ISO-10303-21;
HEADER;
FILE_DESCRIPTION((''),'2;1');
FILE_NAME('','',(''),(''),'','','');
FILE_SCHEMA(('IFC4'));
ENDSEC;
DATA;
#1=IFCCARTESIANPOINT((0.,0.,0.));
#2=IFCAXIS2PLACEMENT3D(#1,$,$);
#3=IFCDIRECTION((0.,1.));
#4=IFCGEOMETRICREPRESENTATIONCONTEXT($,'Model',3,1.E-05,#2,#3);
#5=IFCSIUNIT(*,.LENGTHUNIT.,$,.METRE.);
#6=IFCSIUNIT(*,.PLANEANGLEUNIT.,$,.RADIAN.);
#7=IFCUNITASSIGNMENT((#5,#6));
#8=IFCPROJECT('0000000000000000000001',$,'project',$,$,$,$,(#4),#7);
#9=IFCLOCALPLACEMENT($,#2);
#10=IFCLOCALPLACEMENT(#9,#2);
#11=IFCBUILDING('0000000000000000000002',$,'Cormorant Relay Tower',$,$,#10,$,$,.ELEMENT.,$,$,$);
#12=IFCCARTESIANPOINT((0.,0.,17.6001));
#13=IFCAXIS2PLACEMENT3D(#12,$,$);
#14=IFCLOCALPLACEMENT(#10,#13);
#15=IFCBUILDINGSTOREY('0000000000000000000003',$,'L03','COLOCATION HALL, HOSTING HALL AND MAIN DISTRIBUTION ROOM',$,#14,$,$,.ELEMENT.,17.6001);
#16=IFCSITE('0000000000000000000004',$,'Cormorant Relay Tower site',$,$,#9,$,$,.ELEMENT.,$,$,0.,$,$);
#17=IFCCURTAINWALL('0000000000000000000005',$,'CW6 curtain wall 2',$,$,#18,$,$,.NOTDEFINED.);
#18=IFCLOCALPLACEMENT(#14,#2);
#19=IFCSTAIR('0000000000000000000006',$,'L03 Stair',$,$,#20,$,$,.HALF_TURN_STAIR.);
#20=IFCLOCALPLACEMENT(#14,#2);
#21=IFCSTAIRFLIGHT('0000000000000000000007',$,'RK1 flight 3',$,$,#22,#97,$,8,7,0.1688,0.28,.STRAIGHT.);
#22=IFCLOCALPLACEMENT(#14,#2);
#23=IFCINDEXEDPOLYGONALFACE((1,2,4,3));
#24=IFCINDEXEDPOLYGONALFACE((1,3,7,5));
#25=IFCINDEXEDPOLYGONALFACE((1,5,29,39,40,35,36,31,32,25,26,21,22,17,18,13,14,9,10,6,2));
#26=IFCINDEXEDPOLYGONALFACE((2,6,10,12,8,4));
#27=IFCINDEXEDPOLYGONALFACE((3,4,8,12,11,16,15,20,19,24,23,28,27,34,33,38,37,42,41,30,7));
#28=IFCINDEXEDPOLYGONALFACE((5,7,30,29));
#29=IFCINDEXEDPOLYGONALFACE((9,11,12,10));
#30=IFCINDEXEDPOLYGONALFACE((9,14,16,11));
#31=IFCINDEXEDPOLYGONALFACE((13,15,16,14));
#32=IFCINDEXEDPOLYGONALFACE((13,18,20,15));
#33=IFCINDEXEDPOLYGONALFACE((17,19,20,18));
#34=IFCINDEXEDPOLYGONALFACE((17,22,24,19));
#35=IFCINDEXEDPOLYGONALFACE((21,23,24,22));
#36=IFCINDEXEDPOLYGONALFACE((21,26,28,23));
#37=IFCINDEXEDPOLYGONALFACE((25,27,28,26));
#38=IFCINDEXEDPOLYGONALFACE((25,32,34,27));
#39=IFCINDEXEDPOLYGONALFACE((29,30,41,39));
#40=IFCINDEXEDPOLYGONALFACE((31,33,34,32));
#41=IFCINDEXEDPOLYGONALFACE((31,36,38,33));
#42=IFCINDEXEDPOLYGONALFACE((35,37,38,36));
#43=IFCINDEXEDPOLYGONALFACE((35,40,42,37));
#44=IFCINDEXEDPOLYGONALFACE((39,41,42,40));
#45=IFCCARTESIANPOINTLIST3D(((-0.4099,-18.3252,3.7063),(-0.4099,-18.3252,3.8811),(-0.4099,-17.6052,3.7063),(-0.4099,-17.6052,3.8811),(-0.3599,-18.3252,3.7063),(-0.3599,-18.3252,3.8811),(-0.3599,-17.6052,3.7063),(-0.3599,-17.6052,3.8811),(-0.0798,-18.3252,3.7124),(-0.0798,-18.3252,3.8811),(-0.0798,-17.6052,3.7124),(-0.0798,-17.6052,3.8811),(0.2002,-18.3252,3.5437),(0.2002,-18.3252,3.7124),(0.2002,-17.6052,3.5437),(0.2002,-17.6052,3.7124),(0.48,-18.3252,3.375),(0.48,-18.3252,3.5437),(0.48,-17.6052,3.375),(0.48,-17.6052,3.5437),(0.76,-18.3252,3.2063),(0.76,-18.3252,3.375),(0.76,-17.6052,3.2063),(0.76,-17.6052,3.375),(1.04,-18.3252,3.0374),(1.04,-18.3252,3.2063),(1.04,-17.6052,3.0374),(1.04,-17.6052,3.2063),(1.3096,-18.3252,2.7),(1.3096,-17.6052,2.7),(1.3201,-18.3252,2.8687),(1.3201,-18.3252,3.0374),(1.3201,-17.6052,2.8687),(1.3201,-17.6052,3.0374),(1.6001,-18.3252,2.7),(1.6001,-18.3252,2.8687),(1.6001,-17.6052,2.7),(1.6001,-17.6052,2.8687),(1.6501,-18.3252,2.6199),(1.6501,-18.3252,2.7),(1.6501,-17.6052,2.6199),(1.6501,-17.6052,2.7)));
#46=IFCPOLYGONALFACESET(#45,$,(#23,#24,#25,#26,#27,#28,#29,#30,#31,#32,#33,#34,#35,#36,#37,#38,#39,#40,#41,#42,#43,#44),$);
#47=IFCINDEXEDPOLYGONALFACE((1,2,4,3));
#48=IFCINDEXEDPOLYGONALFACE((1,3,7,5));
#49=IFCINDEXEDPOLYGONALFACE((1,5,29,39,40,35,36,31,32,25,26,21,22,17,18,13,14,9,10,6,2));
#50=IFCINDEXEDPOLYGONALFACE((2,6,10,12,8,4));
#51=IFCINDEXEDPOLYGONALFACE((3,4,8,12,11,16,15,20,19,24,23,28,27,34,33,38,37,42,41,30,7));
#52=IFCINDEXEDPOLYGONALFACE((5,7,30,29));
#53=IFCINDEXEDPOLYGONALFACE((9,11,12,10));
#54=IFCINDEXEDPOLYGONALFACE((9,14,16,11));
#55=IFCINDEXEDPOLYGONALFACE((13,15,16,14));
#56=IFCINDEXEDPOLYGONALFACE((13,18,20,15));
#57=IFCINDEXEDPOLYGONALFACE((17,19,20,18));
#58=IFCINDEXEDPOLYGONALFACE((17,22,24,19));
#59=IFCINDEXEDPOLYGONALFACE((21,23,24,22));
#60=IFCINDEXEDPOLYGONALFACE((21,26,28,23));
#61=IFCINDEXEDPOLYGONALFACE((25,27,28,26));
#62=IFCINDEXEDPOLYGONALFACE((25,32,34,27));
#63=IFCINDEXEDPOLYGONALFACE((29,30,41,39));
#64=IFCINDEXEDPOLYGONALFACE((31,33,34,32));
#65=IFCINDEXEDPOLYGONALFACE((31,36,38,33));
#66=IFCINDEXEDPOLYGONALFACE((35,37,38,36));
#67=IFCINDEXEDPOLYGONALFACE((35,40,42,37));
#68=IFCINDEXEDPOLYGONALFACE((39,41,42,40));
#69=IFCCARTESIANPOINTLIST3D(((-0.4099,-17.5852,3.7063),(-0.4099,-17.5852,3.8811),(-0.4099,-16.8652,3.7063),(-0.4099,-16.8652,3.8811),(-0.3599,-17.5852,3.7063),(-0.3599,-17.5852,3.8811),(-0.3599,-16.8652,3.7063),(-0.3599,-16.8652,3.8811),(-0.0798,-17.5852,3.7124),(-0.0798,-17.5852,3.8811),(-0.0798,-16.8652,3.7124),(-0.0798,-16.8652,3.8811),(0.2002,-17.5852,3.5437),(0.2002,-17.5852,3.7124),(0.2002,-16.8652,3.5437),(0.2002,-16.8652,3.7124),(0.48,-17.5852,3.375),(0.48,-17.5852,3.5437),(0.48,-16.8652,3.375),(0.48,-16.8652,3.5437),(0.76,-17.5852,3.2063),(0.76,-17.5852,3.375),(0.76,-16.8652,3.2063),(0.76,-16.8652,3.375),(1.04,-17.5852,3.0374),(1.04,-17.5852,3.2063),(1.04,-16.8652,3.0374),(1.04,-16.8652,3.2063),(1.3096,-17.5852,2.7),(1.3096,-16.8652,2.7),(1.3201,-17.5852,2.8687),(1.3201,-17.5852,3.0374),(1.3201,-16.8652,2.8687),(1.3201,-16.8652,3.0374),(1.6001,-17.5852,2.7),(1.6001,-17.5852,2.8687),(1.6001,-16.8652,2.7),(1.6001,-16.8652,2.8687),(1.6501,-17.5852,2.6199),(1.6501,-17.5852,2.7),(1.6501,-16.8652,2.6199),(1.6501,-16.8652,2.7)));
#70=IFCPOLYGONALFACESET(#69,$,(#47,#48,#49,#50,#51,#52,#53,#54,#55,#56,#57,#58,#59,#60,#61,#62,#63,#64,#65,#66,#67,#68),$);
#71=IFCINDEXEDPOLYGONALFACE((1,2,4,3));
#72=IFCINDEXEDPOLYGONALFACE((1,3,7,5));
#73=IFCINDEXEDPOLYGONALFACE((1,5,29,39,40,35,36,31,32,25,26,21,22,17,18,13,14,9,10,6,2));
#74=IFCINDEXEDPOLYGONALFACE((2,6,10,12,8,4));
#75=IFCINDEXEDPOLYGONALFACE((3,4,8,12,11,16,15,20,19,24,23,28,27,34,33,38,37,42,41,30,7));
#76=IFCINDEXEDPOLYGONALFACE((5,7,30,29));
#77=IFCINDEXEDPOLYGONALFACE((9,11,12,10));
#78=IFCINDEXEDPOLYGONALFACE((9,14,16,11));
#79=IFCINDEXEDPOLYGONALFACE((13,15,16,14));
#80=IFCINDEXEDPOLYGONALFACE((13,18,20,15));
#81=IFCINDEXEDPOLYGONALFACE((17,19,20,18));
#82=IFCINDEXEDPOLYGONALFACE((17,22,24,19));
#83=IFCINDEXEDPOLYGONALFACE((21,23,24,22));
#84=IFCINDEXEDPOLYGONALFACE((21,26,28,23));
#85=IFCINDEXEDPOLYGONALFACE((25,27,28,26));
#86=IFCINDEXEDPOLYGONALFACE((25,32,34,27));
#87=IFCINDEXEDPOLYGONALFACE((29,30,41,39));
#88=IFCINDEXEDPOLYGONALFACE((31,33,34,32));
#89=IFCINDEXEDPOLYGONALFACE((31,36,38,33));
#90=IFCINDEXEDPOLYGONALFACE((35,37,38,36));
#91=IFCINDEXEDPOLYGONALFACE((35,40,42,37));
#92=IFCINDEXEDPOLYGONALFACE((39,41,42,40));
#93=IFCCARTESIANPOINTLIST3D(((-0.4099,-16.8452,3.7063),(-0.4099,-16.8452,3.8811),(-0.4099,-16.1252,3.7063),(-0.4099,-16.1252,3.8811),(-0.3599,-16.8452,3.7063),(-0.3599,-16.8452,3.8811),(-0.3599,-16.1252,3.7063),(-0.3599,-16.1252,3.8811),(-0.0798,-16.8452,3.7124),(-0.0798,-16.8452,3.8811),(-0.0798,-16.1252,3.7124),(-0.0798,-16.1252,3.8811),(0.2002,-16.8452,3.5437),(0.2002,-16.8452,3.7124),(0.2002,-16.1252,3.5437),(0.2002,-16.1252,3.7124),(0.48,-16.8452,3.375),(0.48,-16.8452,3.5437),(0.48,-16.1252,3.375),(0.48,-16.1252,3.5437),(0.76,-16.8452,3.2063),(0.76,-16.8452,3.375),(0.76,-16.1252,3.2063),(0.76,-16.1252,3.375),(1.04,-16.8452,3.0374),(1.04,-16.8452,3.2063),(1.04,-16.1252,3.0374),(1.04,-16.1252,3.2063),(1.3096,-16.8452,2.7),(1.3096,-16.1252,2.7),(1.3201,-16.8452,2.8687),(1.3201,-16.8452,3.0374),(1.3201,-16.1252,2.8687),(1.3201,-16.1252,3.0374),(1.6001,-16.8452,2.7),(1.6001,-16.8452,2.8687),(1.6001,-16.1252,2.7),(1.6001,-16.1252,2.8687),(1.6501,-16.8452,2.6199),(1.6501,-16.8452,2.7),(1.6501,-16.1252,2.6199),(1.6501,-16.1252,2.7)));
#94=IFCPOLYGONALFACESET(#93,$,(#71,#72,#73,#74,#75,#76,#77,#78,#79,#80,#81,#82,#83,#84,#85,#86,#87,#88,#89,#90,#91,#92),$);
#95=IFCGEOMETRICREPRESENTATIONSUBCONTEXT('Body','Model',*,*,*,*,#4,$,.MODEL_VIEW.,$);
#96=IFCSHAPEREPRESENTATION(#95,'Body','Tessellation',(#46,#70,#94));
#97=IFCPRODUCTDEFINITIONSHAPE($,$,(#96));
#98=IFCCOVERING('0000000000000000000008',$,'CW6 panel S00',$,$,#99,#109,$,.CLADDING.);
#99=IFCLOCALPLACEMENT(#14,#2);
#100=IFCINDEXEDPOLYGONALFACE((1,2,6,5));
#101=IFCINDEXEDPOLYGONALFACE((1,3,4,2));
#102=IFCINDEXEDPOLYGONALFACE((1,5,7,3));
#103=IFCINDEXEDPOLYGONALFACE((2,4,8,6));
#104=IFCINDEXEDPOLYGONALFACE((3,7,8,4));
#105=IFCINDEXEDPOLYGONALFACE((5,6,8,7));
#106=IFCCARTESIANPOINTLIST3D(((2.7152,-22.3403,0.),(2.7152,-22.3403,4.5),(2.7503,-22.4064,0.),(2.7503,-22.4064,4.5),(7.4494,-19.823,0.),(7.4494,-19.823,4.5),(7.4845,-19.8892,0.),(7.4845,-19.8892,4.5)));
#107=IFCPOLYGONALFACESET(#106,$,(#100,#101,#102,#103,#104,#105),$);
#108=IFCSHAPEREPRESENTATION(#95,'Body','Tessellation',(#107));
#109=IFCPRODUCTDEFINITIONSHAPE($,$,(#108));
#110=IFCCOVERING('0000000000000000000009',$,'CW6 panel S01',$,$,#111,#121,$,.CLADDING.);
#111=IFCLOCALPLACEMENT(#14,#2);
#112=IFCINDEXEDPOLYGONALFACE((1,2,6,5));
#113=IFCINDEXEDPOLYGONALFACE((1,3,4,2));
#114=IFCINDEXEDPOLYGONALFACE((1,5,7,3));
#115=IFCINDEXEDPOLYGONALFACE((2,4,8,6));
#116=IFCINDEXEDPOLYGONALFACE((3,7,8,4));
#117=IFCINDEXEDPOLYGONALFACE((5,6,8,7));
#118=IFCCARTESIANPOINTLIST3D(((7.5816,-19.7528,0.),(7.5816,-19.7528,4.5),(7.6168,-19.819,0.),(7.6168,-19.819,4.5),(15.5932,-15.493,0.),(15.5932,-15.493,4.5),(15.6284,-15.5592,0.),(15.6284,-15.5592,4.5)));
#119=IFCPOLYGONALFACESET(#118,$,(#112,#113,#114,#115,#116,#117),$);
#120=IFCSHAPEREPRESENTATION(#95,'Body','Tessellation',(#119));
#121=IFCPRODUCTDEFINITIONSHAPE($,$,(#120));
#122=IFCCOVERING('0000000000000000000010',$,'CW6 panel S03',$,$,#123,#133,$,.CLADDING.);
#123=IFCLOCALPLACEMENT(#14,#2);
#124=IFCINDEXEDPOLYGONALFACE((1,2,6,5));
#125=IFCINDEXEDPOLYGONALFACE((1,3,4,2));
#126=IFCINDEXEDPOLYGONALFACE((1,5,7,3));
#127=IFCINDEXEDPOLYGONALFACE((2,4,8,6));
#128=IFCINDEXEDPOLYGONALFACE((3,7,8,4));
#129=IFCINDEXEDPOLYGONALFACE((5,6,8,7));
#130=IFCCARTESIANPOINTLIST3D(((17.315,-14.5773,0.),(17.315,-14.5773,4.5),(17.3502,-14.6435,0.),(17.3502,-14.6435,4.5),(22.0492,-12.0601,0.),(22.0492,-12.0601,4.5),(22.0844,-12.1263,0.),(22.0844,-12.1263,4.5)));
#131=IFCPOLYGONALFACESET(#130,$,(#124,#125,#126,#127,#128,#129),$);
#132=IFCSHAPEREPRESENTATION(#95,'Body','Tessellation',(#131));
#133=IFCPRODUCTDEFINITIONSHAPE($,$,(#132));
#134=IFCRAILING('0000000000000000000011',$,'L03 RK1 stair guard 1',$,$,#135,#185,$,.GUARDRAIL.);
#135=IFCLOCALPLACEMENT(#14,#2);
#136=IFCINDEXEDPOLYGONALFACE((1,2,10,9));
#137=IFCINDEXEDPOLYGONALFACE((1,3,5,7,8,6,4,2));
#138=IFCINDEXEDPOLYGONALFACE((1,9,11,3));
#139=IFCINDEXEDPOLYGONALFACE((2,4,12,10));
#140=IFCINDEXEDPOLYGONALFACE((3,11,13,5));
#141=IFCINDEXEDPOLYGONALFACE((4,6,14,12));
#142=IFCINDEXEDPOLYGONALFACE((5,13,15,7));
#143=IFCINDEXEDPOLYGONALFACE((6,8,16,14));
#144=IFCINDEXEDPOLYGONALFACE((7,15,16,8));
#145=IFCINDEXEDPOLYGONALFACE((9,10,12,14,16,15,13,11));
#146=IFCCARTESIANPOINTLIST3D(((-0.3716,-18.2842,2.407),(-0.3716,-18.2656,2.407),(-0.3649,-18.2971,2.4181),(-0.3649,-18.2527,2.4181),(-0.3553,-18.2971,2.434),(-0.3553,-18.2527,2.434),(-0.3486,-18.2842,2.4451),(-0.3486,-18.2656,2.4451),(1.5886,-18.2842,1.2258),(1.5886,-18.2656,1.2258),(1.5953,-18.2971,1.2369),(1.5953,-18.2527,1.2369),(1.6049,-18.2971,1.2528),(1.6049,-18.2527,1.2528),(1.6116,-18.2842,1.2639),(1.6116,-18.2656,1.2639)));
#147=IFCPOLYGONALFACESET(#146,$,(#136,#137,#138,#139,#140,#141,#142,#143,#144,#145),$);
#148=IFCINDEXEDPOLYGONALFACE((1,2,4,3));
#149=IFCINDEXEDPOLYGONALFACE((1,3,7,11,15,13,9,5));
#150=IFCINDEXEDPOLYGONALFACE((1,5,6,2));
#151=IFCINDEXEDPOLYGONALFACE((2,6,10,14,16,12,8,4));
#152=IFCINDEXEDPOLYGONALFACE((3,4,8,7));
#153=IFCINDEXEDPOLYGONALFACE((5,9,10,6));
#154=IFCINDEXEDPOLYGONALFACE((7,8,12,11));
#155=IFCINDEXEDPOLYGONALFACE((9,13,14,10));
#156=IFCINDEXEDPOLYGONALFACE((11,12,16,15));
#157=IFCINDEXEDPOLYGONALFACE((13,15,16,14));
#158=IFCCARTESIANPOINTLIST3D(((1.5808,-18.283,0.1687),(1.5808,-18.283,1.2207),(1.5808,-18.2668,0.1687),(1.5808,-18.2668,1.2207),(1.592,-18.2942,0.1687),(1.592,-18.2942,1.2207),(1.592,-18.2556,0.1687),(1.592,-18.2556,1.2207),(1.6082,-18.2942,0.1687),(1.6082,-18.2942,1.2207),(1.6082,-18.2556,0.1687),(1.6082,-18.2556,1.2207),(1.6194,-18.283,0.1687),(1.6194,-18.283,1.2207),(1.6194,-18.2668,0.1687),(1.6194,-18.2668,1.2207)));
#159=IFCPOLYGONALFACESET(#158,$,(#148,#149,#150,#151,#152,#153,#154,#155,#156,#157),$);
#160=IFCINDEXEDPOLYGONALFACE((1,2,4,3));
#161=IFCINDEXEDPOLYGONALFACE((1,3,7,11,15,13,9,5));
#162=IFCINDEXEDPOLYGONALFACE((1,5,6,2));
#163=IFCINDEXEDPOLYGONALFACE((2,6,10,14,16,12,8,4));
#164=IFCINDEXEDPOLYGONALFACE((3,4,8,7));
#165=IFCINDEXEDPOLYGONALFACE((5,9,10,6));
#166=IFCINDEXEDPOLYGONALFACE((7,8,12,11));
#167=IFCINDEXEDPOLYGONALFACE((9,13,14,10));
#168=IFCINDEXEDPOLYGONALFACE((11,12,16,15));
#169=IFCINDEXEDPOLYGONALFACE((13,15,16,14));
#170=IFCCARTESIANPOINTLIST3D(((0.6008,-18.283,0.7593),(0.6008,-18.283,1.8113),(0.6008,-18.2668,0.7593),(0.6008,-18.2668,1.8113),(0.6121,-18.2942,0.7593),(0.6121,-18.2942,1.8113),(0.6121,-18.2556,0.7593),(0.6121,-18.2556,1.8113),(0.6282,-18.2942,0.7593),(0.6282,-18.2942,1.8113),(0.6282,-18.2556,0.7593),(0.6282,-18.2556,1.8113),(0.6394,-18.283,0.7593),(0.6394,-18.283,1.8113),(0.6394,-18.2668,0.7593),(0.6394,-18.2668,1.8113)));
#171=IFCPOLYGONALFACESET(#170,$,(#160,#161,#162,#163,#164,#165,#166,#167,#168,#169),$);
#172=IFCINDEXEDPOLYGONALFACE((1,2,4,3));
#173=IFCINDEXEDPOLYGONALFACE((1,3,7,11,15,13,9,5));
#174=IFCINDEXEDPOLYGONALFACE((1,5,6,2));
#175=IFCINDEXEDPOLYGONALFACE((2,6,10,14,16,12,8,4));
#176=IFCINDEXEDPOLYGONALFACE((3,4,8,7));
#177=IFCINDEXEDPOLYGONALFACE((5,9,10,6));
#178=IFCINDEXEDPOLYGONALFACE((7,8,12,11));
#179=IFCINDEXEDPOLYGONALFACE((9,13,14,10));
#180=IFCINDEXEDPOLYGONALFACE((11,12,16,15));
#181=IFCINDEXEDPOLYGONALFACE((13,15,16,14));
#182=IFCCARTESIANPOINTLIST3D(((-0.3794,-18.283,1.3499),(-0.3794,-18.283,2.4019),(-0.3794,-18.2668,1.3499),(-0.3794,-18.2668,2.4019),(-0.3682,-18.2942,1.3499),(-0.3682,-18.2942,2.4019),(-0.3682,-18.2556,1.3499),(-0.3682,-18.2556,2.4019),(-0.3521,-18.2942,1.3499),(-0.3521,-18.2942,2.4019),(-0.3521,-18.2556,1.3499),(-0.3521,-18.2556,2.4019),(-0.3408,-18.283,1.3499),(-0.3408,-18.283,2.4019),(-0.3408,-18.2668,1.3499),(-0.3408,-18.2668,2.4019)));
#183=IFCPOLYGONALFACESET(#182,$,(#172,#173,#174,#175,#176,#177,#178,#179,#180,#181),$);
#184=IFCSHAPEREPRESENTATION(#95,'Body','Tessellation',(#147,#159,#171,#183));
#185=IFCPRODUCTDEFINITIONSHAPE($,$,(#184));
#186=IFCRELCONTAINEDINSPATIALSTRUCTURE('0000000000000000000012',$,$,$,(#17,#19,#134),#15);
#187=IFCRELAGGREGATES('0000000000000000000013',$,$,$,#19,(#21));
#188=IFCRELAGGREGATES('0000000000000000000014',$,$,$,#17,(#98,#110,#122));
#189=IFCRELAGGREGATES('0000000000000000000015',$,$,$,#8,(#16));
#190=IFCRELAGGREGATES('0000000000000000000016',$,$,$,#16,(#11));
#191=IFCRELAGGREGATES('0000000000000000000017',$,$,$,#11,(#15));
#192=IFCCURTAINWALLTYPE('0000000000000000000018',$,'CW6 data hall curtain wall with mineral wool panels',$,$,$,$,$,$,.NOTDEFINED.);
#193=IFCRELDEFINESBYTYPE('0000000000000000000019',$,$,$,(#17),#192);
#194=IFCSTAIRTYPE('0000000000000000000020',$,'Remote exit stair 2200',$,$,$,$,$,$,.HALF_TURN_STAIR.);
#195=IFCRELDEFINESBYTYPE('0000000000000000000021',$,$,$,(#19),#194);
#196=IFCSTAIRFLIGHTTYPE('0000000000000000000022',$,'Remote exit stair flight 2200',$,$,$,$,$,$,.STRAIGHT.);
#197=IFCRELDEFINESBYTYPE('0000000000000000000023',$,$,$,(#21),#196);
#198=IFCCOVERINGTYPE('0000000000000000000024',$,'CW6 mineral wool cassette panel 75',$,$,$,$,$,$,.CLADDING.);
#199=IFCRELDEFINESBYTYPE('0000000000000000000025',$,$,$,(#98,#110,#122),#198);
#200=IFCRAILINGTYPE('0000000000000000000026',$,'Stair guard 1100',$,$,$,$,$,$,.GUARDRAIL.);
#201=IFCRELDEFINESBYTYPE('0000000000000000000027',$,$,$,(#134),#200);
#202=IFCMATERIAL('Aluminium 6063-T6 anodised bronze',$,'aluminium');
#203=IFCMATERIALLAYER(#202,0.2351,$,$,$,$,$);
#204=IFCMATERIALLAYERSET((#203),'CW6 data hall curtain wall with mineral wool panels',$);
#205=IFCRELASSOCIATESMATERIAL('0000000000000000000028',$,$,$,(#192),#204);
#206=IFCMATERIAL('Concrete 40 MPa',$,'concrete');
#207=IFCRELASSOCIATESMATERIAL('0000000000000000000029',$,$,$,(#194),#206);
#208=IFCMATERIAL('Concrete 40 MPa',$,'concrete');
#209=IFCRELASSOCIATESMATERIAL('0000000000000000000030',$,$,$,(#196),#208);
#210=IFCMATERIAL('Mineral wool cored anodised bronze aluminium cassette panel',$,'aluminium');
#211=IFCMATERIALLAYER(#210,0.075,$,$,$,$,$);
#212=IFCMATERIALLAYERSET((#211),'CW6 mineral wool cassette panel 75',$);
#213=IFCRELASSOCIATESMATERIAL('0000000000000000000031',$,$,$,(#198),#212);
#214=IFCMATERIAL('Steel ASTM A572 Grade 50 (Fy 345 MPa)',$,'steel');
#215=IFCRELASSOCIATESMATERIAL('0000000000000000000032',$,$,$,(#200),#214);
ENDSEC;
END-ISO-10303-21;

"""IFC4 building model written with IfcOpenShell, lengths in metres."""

from ifc_helpers import new_model, si_unit, direction, frame, origin, origin_2d, place, context, subcontext, project, spatial, polyline, rectangle, outline, extrude, material, layer, layer_set, type_object, element, aggregate, save


model = new_model("IFC4")

# Units and contexts
model_context = context("Model", 3, precision=1e-05, world=origin(), true_north=direction((0.0, 1.0)))
body_context = subcontext(model_context, "Body", "Model", "MODEL_VIEW")
ifc_project = project(units=[si_unit("LENGTHUNIT", "METRE"), si_unit("PLANEANGLEUNIT", "RADIAN")], contexts=[model_context])

# Site, building, storey
site_placement = place(None, origin())
site = spatial("IfcSite", under=ifc_project, at=site_placement, Name="Cormorant Relay Tower site", CompositionType="ELEMENT", RefElevation=0.0)
building_placement = place(site_placement, origin())
building = spatial("IfcBuilding", under=site, at=building_placement, Name="Cormorant Relay Tower", CompositionType="ELEMENT")
storey_placement = place(building_placement, frame((0.0, 0.0, 17.6001)))
storey = spatial("IfcBuildingStorey", under=building, at=storey_placement, Name="L03", Description="COLOCATION HALL, HOSTING HALL AND MAIN DISTRIBUTION ROOM", CompositionType="ELEMENT", Elevation=17.6001)

# Curtain wall
ifc_material_1 = material(Name="Aluminium 6063-T6 anodised bronze", Category="aluminium")
ifc_layer_1 = layer(ifc_material_1, 0.2351)
ifc_layer_set_1 = layer_set([ifc_layer_1], Name="CW6 data hall curtain wall with mineral wool panels")
curtain_wall_type = type_object("IfcCurtainWallType", Name="CW6 data hall curtain wall with mineral wool panels", PredefinedType="NOTDEFINED", material=ifc_layer_set_1)
curtain_wall_1_placement = place(storey_placement, origin())
curtain_wall_1 = element("IfcCurtainWall", 1, at=curtain_wall_1_placement, inside=storey, type_object=curtain_wall_type, Name="CW6 curtain wall 2", PredefinedType="NOTDEFINED")

# Stair, stair flight
ifc_material_2 = material(Name="Concrete 40 MPa", Category="concrete")
stair_type = type_object("IfcStairType", Name="Remote exit stair 2200", PredefinedType="HALF_TURN_STAIR", material=ifc_material_2)
stair_placement = place(storey_placement, origin())
stair = element("IfcStair", 2, at=stair_placement, inside=storey, type_object=stair_type, Name="L03 Stair", PredefinedType="HALF_TURN_STAIR")
ifc_material_3 = material(Name="Concrete 40 MPa", Category="concrete")
stair_flight_type = type_object("IfcStairFlightType", Name="Remote exit stair flight 2200", PredefinedType="STRAIGHT", material=ifc_material_3)
stair_flight_1_placement = place(storey_placement, frame((1.6001, -17.2251, 2.7), z_axis=(0.0, 0.0, 1.0), x_axis=(-1.0, 0.0, 0.0)))
stair_flight_1 = element("IfcStairFlight", 3, at=stair_flight_1_placement, type_object=stair_flight_type, Name="RK1 flight 3", NumberOfRisers=8, NumberOfTreads=7, PredefinedType="STRAIGHT", RiserHeight=0.1688, TreadLength=0.28, context=body_context, shape_type="SweptSolid", body=[
    extrude(outline(polyline([(-0.05, -0.0801), (-0.05, 0.0), (0.0, 0.0), (0.0, 0.1687), (0.28, 0.1687), (0.28, 0.3374), (0.5601, 0.3374), (0.5601, 0.5063), (0.8401, 0.5063), (0.8401, 0.675), (1.1201, 0.675), (1.1201, 0.8438), (1.3999, 0.8438), (1.3999, 1.0125), (1.6799, 1.0125), (1.6799, 1.1812), (1.96, 1.1812), (2.01, 1.1812), (2.01, 1.0063), (1.96, 1.0063), (0.2905, 0.0), (-0.05, -0.0801)])), frame((0.0, 1.1001, 0.0), z_axis=(0.0, -1.0, 0.0), x_axis=(1.0, 0.0, 0.0)), (0.0, 0.0, 1.0), 0.72),
    extrude(outline(polyline([(-0.05, -0.0801), (-0.05, 0.0), (0.0, 0.0), (0.0, 0.1687), (0.28, 0.1687), (0.28, 0.3374), (0.5601, 0.3374), (0.5601, 0.5063), (0.8401, 0.5063), (0.8401, 0.675), (1.1201, 0.675), (1.1201, 0.8438), (1.3999, 0.8438), (1.3999, 1.0125), (1.6799, 1.0125), (1.6799, 1.1812), (1.96, 1.1812), (2.01, 1.1812), (2.01, 1.0063), (1.96, 1.0063), (0.2905, 0.0), (-0.05, -0.0801)])), frame((0.0, 0.3601, 0.0), z_axis=(0.0, -1.0, 0.0), x_axis=(1.0, 0.0, 0.0)), (0.0, 0.0, 1.0), 0.72),
    extrude(outline(polyline([(-0.05, -0.0801), (-0.05, 0.0), (0.0, 0.0), (0.0, 0.1687), (0.28, 0.1687), (0.28, 0.3374), (0.5601, 0.3374), (0.5601, 0.5063), (0.8401, 0.5063), (0.8401, 0.675), (1.1201, 0.675), (1.1201, 0.8438), (1.3999, 0.8438), (1.3999, 1.0125), (1.6799, 1.0125), (1.6799, 1.1812), (1.96, 1.1812), (2.01, 1.1812), (2.01, 1.0063), (1.96, 1.0063), (0.2905, 0.0), (-0.05, -0.0801)])), frame((0.0, -0.3799, 0.0), z_axis=(0.0, -1.0, 0.0), x_axis=(1.0, 0.0, 0.0)), (0.0, 0.0, 1.0), 0.72),
])
aggregate(stair, [stair_flight_1])

# Coverings
ifc_material_4 = material(Name="Mineral wool cored anodised bronze aluminium cassette panel", Category="aluminium")
ifc_layer_2 = layer(ifc_material_4, 0.075)
ifc_layer_set_2 = layer_set([ifc_layer_2], Name="CW6 mineral wool cassette panel 75")
covering_type = type_object("IfcCoveringType", Name="CW6 mineral wool cassette panel 75", PredefinedType="CLADDING", material=ifc_layer_set_2)
covering_1_placement = place(storey_placement, frame((5.0999, -21.1147, 0.0), z_axis=(0.0, 0.0, 1.0), x_axis=(0.882948, 0.469472, 0.0)))
covering_1 = element("IfcCovering", 4, at=covering_1_placement, type_object=covering_type, Name="CW6 panel S00", PredefinedType="CLADDING", context=body_context, shape_type="SweptSolid", body=[
    extrude(rectangle(XDim=5.3618, YDim=0.075, at=origin_2d()), origin(), (0.0, 0.0, 1.0), 4.5),
])
covering_2_placement = place(storey_placement, frame((11.605, -17.656, 0.0), z_axis=(0.0, 0.0, 1.0), x_axis=(0.882948, 0.469472, 0.0)))
covering_2 = element("IfcCovering", 5, at=covering_2_placement, type_object=covering_type, Name="CW6 panel S01", PredefinedType="CLADDING", context=body_context, shape_type="SweptSolid", body=[
    extrude(rectangle(XDim=9.0737, YDim=0.075, at=origin_2d()), origin(), (0.0, 0.0, 1.0), 4.5),
])
covering_3_placement = place(storey_placement, frame((19.6997, -13.3518, 0.0), z_axis=(0.0, 0.0, 1.0), x_axis=(0.882948, 0.469472, 0.0)))
covering_3 = element("IfcCovering", 6, at=covering_3_placement, type_object=covering_type, Name="CW6 panel S03", PredefinedType="CLADDING", context=body_context, shape_type="SweptSolid", body=[
    extrude(rectangle(XDim=5.3618, YDim=0.075, at=origin_2d()), origin(), (0.0, 0.0, 1.0), 4.5),
])
aggregate(curtain_wall_1, [covering_1, covering_2, covering_3])

# Railing
ifc_material_5 = material(Name="Steel ASTM A572 Grade 50 (Fy 345 MPa)", Category="steel")
railing_type_1 = type_object("IfcRailingType", Name="Stair guard 1100", PredefinedType="GUARDRAIL", material=ifc_material_5)
railing_1_placement = place(storey_placement, frame((1.6001, -18.2749, 0.1687)))
element("IfcRailing", 7, at=railing_1_placement, inside=storey, type_object=railing_type_1, Name="L03 RK1 stair guard 1", PredefinedType="GUARDRAIL", context=body_context, shape_type="SweptSolid", body=[
    extrude(outline(polyline([(0.0222, 0.0093), (0.0093, 0.0222), (-0.0093, 0.0222), (-0.0222, 0.0093), (-0.0222, -0.0093), (-0.0093, -0.0222), (0.0093, -0.0222), (0.0222, -0.0093), (0.0222, 0.0093)])), frame((0.0, 0.0, 1.0762), z_axis=(-0.856522, 0.0, 0.516111), x_axis=(0.0, -1.0, 0.0)), (0.0, 0.0, 1.0), 2.2886),
    extrude(outline(polyline([(0.0193, 0.0081), (0.0081, 0.0193), (-0.0081, 0.0193), (-0.0193, 0.0081), (-0.0193, -0.0081), (-0.0081, -0.0193), (0.0081, -0.0193), (0.0193, -0.0081), (0.0193, 0.0081)])), origin(), (0.0, 0.0, 1.0), 1.052),
    extrude(outline(polyline([(0.0193, 0.0081), (0.0081, 0.0193), (-0.0081, 0.0193), (-0.0193, 0.0081), (-0.0193, -0.0081), (-0.0081, -0.0193), (0.0081, -0.0193), (0.0193, -0.0081), (0.0193, 0.0081)])), frame((-0.98, 0.0, 0.5906)), (0.0, 0.0, 1.0), 1.052),
    extrude(outline(polyline([(0.0193, 0.0081), (0.0081, 0.0193), (-0.0081, 0.0193), (-0.0193, 0.0081), (-0.0193, -0.0081), (-0.0081, -0.0193), (0.0081, -0.0193), (0.0193, -0.0081), (0.0193, 0.0081)])), frame((-1.9602, 0.0, 1.1812)), (0.0, 0.0, 1.0), 1.052),
])

save(model, "model.ifc")
